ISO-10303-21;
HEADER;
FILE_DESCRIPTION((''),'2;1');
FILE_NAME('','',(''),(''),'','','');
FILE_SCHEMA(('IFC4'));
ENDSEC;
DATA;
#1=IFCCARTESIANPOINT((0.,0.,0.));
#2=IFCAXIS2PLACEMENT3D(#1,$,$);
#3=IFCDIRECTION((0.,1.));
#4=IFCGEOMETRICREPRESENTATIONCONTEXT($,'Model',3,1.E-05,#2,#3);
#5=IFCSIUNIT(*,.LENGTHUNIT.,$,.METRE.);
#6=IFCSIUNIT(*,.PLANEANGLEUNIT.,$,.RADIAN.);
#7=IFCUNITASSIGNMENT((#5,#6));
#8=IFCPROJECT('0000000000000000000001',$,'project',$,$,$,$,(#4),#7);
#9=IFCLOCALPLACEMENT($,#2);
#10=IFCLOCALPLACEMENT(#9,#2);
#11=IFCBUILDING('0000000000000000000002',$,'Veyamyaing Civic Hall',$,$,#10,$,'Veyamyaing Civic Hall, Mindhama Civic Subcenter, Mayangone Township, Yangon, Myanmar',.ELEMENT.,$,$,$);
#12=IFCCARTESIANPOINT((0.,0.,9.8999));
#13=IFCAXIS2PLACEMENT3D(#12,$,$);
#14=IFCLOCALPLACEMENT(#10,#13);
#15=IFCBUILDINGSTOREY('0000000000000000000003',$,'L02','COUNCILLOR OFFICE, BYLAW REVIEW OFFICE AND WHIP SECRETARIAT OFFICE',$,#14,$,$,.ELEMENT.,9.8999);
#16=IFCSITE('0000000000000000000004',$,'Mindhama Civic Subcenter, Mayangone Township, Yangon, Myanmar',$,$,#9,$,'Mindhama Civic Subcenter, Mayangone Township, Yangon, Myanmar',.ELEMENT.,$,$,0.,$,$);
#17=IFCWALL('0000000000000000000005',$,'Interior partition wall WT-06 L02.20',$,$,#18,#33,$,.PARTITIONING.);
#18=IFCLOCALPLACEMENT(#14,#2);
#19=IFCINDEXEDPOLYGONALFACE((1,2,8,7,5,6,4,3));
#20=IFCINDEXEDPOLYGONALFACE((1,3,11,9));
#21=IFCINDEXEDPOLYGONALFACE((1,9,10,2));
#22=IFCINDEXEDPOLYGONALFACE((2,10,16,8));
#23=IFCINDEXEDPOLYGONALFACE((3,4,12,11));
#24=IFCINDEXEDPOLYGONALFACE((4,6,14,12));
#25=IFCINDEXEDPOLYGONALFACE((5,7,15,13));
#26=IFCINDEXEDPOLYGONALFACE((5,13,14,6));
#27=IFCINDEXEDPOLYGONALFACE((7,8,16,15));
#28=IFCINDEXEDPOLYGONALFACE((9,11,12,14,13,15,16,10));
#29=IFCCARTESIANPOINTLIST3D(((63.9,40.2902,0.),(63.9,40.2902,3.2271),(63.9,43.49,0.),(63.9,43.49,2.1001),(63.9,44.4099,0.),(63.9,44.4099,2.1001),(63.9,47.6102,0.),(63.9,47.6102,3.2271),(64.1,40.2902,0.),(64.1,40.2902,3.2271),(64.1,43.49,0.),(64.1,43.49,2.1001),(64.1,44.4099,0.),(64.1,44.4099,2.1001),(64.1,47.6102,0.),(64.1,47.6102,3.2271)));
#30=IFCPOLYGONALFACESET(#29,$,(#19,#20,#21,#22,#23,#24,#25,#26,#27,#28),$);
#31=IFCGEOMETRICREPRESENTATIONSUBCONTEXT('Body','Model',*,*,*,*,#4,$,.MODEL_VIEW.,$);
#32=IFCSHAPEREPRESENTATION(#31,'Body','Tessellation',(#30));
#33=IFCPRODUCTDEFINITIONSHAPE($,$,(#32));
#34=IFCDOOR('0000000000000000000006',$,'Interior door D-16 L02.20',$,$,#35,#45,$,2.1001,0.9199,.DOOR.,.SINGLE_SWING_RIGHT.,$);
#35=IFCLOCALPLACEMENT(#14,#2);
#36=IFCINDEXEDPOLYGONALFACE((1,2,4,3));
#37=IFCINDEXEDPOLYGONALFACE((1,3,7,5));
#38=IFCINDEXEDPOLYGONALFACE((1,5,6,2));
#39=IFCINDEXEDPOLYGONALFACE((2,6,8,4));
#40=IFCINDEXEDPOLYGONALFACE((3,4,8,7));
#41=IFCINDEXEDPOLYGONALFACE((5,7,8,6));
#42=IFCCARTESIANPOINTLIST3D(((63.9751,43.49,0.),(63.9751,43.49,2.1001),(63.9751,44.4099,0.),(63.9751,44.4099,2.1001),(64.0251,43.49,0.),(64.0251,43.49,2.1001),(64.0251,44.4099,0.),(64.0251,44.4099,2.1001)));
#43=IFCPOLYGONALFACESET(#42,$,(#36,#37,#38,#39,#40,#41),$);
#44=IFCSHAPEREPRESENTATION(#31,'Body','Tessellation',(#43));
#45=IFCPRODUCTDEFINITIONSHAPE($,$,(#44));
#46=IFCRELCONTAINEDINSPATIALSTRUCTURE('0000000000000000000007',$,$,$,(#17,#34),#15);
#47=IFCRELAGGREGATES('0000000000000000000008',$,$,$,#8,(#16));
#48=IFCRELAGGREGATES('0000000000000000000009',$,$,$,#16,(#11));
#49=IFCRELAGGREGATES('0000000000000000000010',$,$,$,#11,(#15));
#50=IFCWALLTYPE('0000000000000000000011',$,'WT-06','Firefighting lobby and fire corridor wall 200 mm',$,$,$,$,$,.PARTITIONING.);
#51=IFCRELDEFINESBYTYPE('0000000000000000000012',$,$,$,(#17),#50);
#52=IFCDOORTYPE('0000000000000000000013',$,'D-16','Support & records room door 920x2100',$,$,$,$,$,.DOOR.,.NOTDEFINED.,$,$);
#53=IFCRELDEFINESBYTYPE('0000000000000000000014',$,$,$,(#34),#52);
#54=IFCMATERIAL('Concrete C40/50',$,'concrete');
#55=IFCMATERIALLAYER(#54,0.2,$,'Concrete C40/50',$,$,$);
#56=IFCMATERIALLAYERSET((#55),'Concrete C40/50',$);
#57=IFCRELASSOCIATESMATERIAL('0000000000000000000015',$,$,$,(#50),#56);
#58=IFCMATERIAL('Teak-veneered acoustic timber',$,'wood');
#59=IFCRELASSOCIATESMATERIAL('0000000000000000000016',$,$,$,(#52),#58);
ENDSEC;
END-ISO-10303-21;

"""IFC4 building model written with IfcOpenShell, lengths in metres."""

from ifc_helpers import new_model, si_unit, direction, frame, frame_2d, origin, place, context, subcontext, project, spatial, rectangle, extrude, material, layer, layer_set, type_object, element, fill, save


model = new_model("IFC4")

# Units and contexts
model_context = context("Model", 3, precision=1e-05, world=origin(), true_north=direction((0.0, 1.0)))
body_context = subcontext(model_context, "Body", "Model", "MODEL_VIEW")
ifc_project = project(units=[si_unit("LENGTHUNIT", "METRE"), si_unit("PLANEANGLEUNIT", "RADIAN")], contexts=[model_context])

# Site, building, storey
site_placement = place(None, origin())
site = spatial("IfcSite", under=ifc_project, at=site_placement, Name="Mindhama Civic Subcenter, Mayangone Township, Yangon, Myanmar", LongName="Mindhama Civic Subcenter, Mayangone Township, Yangon, Myanmar", CompositionType="ELEMENT", RefElevation=0.0)
building_placement = place(site_placement, origin())
building = spatial("IfcBuilding", under=site, at=building_placement, Name="Veyamyaing Civic Hall", LongName="Veyamyaing Civic Hall, Mindhama Civic Subcenter, Mayangone Township, Yangon, Myanmar", CompositionType="ELEMENT")
storey_placement = place(building_placement, frame((0.0, 0.0, 9.8999)))
storey = spatial("IfcBuildingStorey", under=building, at=storey_placement, Name="L02", Description="COUNCILLOR OFFICE, BYLAW REVIEW OFFICE AND WHIP SECRETARIAT OFFICE", CompositionType="ELEMENT", Elevation=9.8999)

# Shared definitions
ifc_material_1 = material(Name="Concrete C40/50", Category="concrete")

# Wall, opening, door
ifc_layer_1 = layer(ifc_material_1, 0.2, Name="Concrete C40/50")
ifc_layer_set_1 = layer_set([ifc_layer_1], Name="Concrete C40/50")
wall_type_1 = type_object("IfcWallType", Name="WT-06", Description="Firefighting lobby and fire corridor wall 200 mm", PredefinedType="PARTITIONING", material=ifc_layer_set_1)
wall_1_placement = place(storey_placement, frame((64.0, 40.29, 0.0), z_axis=(0.0, 0.0, 1.0), x_axis=(0.0, 1.0, 0.0)))
wall_1 = element("IfcWall", 1, at=wall_1_placement, inside=storey, type_object=wall_type_1, Name="Interior partition wall WT-06 L02.20", PredefinedType="PARTITIONING", context=body_context, shape_type="SweptSolid", body=[
    extrude(rectangle(XDim=7.3201, YDim=0.2, at=frame_2d((3.6602, 0.0))), origin(), (0.0, 0.0, 1.0), 3.2271),
])
opening_placement = place(wall_1_placement, frame((3.2, 0.0, 0.0)))
opening = element("IfcOpeningElement", 2, at=opening_placement, cuts=wall_1, PredefinedType="OPENING", context=body_context, shape_type="SweptSolid", body=[
    extrude(rectangle(XDim=0.9199, YDim=2.1001, at=frame_2d((0.46, 1.05))), frame((0.0, 0.1099, 0.0), z_axis=(0.0, -1.0, 0.0), x_axis=(1.0, 0.0, 0.0)), (0.0, 0.0, 1.0), 0.22),
])
ifc_material_2 = material(Name="Teak-veneered acoustic timber", Category="wood")
door_type = type_object("IfcDoorType", Name="D-16", Description="Support & records room door 920x2100", OperationType="NOTDEFINED", PredefinedType="DOOR", material=ifc_material_2)
door_placement = place(opening_placement, origin())
door = element("IfcDoor", 3, at=door_placement, inside=storey, type_object=door_type, Name="Interior door D-16 L02.20", OperationType="SINGLE_SWING_RIGHT", OverallHeight=2.1001, OverallWidth=0.9199, PredefinedType="DOOR", context=body_context, shape_type="SweptSolid", body=[
    extrude(rectangle(XDim=0.9199, YDim=2.1001, at=frame_2d((0.46, 1.05))), frame((0.0, 0.0249, 0.0), z_axis=(0.0, -1.0, 0.0), x_axis=(1.0, 0.0, 0.0)), (0.0, 0.0, 1.0), 0.05),
])
fill(opening, door)

save(model, "model.ifc")
